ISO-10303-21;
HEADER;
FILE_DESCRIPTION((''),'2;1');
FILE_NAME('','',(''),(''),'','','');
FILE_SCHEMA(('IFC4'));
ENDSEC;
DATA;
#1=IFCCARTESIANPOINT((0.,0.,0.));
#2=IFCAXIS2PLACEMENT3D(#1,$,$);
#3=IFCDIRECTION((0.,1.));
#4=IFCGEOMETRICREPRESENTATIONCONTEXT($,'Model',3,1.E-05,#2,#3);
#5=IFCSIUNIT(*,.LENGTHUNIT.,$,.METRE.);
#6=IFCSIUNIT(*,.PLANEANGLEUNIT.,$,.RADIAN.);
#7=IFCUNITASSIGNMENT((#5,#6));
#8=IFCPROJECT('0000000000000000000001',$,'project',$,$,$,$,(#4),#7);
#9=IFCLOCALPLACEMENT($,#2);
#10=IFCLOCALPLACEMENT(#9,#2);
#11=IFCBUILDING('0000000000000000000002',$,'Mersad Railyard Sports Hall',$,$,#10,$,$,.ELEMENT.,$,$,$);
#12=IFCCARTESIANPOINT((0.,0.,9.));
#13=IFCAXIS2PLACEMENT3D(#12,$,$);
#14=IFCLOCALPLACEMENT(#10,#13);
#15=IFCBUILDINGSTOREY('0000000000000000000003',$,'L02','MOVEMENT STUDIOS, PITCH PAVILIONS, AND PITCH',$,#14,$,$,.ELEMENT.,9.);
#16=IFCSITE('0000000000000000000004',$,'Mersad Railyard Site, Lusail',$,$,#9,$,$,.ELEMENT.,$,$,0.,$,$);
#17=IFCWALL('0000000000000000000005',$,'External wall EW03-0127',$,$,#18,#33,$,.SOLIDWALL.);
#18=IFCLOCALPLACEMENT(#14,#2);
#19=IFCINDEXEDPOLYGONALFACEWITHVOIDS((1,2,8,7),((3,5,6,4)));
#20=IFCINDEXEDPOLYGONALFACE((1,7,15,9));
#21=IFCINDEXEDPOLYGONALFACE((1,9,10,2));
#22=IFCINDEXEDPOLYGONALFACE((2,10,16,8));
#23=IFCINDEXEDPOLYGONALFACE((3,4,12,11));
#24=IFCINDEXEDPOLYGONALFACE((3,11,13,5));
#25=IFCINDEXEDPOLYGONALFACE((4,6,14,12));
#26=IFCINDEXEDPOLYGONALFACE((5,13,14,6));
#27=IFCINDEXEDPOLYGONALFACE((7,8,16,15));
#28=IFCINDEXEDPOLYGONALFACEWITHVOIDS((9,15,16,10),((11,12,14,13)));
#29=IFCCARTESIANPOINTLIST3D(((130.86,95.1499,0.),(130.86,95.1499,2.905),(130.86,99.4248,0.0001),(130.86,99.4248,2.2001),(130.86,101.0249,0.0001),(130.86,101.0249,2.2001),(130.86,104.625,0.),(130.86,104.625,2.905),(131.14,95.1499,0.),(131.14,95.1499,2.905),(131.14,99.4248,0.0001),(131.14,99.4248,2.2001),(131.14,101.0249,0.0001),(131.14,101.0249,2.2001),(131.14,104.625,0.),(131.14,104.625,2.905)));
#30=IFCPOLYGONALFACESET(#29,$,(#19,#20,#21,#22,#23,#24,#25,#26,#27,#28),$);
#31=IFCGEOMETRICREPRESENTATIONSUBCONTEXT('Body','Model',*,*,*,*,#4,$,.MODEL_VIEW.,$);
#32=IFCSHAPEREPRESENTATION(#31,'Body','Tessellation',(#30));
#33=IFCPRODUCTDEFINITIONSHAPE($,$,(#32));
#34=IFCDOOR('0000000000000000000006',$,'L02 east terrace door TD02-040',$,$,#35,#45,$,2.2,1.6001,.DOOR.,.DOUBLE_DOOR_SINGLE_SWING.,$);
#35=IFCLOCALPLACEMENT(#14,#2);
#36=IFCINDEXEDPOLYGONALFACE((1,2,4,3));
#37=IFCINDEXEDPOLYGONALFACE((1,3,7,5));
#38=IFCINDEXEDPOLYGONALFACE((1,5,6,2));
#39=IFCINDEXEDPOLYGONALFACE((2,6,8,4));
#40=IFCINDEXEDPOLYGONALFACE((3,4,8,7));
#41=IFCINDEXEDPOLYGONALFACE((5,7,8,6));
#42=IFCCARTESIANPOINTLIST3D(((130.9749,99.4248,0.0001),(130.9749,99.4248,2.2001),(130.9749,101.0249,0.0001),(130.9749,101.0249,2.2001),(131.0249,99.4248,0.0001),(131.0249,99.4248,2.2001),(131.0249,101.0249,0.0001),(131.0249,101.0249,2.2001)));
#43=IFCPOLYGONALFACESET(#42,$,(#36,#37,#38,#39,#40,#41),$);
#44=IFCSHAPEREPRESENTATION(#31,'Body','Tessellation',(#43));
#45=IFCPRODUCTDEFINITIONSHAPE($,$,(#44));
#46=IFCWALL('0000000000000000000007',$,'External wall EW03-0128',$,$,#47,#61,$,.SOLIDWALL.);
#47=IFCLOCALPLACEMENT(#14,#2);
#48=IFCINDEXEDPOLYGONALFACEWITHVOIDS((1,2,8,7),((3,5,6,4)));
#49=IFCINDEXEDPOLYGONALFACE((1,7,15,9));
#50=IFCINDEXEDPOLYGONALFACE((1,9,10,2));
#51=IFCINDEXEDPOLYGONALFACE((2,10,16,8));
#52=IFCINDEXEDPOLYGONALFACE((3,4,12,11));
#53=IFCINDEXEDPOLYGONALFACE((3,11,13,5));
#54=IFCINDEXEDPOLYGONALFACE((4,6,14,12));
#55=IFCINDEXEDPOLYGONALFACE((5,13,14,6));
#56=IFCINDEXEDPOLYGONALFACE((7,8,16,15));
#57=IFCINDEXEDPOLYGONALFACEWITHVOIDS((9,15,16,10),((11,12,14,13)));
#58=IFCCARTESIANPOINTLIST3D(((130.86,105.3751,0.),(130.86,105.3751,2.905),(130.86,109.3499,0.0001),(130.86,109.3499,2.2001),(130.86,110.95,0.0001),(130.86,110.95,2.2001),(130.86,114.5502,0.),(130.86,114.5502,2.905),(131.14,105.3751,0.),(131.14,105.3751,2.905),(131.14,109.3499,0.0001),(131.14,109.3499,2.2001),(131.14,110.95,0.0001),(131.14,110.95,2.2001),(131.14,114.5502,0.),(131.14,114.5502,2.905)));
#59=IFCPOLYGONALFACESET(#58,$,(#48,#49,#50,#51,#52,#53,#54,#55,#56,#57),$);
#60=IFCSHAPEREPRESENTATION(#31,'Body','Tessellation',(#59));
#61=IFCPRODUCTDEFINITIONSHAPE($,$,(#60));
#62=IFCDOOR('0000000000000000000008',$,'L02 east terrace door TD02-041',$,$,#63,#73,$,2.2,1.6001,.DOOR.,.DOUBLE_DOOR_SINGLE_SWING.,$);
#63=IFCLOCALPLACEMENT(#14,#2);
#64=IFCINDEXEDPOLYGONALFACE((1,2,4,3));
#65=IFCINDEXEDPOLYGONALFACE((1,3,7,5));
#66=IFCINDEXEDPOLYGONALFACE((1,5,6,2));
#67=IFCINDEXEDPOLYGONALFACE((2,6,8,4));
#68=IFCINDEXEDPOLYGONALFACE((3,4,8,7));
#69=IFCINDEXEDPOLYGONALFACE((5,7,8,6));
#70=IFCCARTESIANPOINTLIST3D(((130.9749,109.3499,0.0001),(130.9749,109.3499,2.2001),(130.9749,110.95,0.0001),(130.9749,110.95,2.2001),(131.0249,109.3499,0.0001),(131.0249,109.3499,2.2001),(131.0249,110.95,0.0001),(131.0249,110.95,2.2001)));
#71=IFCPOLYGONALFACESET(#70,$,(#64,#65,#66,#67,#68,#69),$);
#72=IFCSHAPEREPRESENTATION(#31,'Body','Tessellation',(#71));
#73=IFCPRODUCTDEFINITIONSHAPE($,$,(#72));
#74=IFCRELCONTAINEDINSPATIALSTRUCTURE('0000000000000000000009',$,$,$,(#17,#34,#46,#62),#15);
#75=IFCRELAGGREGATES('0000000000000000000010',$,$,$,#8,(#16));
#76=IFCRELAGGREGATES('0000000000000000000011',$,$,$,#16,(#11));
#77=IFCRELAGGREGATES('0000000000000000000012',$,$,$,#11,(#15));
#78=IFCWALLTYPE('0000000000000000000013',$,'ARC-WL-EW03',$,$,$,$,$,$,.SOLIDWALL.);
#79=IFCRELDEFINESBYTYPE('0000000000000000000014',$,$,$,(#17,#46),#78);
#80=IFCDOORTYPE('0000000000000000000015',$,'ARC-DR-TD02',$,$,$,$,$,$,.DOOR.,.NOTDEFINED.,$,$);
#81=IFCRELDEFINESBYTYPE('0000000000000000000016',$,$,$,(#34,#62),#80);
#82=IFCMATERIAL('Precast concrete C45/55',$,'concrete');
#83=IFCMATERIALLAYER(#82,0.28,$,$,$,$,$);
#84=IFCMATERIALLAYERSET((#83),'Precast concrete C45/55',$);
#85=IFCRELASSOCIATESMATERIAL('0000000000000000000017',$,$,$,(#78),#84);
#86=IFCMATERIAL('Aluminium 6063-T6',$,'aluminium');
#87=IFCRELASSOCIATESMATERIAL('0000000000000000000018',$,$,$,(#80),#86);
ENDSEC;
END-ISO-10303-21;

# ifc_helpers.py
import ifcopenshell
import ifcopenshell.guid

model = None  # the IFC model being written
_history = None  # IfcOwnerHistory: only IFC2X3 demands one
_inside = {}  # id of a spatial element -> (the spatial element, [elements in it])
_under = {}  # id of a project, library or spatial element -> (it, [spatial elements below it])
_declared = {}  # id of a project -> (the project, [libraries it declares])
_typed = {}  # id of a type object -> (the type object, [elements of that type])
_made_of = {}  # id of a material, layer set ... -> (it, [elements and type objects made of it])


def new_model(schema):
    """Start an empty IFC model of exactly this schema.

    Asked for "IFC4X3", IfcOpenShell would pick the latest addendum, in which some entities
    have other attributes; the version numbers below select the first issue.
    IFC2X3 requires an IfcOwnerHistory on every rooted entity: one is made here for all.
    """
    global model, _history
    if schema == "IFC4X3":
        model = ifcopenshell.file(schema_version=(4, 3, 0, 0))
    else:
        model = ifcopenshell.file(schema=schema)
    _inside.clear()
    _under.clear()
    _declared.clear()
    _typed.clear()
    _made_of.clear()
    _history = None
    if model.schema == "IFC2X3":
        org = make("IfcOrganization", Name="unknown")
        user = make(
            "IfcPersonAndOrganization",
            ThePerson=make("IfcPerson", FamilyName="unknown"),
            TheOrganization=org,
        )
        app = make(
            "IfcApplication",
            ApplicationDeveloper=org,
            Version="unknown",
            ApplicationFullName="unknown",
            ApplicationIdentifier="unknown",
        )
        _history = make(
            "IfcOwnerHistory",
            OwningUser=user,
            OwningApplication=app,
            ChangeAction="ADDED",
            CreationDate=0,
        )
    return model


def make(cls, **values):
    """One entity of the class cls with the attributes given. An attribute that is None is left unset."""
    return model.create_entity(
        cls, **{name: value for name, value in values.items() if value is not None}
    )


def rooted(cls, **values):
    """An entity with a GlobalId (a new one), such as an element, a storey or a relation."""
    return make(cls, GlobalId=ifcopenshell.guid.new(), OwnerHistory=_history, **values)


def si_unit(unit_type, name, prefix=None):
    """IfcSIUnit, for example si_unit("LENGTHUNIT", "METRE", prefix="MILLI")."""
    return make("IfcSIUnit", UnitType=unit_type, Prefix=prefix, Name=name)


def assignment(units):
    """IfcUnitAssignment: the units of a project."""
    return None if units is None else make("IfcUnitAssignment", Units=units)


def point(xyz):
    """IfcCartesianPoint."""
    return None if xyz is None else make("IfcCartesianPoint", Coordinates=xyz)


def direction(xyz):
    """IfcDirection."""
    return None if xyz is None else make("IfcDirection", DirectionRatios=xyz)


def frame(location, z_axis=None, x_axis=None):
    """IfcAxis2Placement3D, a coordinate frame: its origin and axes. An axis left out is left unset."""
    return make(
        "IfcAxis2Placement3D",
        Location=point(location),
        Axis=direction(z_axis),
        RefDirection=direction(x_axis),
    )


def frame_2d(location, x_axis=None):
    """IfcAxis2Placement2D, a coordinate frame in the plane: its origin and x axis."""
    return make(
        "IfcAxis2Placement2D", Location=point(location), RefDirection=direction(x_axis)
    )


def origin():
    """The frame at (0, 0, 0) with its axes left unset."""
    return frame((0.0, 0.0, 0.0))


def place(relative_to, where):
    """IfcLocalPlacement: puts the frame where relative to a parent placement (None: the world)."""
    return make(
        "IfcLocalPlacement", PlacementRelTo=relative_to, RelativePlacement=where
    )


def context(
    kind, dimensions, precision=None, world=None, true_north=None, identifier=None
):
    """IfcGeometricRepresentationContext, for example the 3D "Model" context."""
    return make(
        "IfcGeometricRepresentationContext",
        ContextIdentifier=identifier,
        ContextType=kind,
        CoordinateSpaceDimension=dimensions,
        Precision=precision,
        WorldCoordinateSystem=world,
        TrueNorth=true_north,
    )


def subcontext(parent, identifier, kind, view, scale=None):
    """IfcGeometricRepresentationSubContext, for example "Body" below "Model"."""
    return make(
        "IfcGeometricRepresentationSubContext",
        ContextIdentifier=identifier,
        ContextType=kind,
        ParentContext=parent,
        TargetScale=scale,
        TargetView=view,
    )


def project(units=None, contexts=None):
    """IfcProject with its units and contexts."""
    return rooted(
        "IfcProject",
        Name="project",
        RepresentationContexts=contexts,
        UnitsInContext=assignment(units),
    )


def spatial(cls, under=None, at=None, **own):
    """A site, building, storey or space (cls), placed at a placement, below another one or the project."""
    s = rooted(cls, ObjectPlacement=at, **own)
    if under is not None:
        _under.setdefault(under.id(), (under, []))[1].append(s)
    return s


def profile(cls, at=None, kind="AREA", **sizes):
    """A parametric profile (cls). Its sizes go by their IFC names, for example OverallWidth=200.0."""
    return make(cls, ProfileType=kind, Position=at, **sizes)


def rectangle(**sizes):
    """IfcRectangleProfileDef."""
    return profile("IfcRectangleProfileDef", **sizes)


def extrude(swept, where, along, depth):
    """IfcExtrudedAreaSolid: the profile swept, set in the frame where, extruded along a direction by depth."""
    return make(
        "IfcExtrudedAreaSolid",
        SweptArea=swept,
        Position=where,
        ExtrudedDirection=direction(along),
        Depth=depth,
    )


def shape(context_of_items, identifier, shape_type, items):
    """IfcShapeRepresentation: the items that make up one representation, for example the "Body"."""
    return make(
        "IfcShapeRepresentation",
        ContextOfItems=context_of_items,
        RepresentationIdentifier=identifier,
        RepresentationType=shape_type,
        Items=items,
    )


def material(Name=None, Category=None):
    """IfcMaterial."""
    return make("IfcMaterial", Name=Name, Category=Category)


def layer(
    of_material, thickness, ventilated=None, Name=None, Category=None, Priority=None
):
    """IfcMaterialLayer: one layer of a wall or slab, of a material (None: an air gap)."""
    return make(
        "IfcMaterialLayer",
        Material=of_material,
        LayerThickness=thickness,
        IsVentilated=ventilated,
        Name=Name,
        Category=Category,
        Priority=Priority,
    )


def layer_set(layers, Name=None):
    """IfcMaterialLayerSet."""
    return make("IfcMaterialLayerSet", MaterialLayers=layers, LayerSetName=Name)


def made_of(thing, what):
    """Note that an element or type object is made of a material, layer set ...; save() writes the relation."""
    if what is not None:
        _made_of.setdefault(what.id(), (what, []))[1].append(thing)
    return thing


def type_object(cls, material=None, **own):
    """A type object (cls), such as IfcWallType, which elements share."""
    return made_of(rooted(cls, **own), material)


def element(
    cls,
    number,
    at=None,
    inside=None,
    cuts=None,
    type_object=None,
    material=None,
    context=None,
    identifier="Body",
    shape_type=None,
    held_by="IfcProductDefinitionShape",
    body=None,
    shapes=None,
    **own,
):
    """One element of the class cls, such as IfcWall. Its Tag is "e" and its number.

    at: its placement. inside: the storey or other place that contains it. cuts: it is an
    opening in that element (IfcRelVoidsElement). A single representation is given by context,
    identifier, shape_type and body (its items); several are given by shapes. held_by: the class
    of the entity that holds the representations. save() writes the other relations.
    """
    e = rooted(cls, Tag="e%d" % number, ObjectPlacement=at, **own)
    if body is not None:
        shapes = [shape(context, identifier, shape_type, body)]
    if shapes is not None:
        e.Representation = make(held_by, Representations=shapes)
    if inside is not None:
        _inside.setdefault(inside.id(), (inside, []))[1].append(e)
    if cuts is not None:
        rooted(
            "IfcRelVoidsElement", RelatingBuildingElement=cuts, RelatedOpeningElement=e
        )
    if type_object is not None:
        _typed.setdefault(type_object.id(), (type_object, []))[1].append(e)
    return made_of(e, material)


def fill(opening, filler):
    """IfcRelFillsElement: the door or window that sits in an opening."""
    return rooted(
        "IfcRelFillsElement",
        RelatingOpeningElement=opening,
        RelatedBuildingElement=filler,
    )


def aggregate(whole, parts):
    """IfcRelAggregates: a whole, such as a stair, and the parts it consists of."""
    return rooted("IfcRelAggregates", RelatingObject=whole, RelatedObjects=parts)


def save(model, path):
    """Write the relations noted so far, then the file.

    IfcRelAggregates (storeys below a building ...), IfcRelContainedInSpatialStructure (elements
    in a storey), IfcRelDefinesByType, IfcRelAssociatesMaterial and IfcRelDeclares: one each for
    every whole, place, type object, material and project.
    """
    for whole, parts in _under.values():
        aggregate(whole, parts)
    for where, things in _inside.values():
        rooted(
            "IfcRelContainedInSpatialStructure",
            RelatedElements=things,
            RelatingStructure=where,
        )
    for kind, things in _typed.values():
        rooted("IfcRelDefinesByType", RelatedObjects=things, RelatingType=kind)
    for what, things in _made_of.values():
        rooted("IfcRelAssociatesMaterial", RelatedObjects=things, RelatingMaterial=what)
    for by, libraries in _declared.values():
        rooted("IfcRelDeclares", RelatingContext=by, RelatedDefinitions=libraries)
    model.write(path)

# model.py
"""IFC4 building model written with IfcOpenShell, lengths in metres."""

from ifc_helpers import new_model, si_unit, direction, frame, frame_2d, origin, place, context, subcontext, project, spatial, rectangle, extrude, material, layer, layer_set, type_object, element, fill, save


model = new_model("IFC4")

# Units and contexts
model_context = context("Model", 3, precision=1e-05, world=origin(), true_north=direction((0.0, 1.0)))
body_context = subcontext(model_context, "Body", "Model", "MODEL_VIEW")
ifc_project = project(units=[si_unit("LENGTHUNIT", "METRE"), si_unit("PLANEANGLEUNIT", "RADIAN")], contexts=[model_context])

# Site, building, storey
site_placement = place(None, origin())
site = spatial("IfcSite", under=ifc_project, at=site_placement, Name="Mersad Railyard Site, Lusail", CompositionType="ELEMENT", RefElevation=0.0)
building_placement = place(site_placement, origin())
building = spatial("IfcBuilding", under=site, at=building_placement, Name="Mersad Railyard Sports Hall", CompositionType="ELEMENT")
storey_placement = place(building_placement, frame((0.0, 0.0, 9.0)))
storey = spatial("IfcBuildingStorey", under=building, at=storey_placement, Name="L02", Description="MOVEMENT STUDIOS, PITCH PAVILIONS, AND PITCH", CompositionType="ELEMENT", Elevation=9.0)

# Shared definitions
ifc_material_1 = material(Name="Aluminium 6063-T6", Category="aluminium")

# Shared definitions
ifc_material_2 = material(Name="Precast concrete C45/55", Category="concrete")
ifc_layer_1 = layer(ifc_material_2, 0.28)
ifc_layer_set_1 = layer_set([ifc_layer_1], Name="Precast concrete C45/55")
wall_type = type_object("IfcWallType", Name="ARC-WL-EW03", PredefinedType="SOLIDWALL", material=ifc_layer_set_1)

# Walls, openings, doors
wall_1_placement = place(storey_placement, frame((131.0, 104.625, 0.0), z_axis=(0.0, 0.0, 1.0), x_axis=(0.0, -1.0, 0.0)))
wall_1 = element("IfcWall", 1, at=wall_1_placement, inside=storey, type_object=wall_type, Name="External wall EW03-0127", PredefinedType="SOLIDWALL", context=body_context, shape_type="SweptSolid", body=[
    extrude(rectangle(XDim=9.4751, YDim=0.28, at=frame_2d((4.7375, 0.0))), origin(), (0.0, 0.0, 1.0), 2.905),
])
opening_1_placement = place(wall_1_placement, frame((3.6001, 0.0, 0.0)))
opening_1 = element("IfcOpeningElement", 2, at=opening_1_placement, cuts=wall_1, PredefinedType="OPENING", context=body_context, shape_type="SweptSolid", body=[
    extrude(rectangle(XDim=1.6001, YDim=2.2, at=frame_2d((0.8, 1.1001))), frame((0.0, 0.1499, 0.0), z_axis=(0.0, -1.0, 0.0), x_axis=(1.0, 0.0, 0.0)), (0.0, 0.0, 1.0), 0.3),
])
door_type = type_object("IfcDoorType", Name="ARC-DR-TD02", OperationType="NOTDEFINED", PredefinedType="DOOR", material=ifc_material_1)
door_1_placement = place(opening_1_placement, origin())
door_1 = element("IfcDoor", 3, at=door_1_placement, inside=storey, type_object=door_type, Name="L02 east terrace door TD02-040", OperationType="DOUBLE_DOOR_SINGLE_SWING", OverallHeight=2.2, OverallWidth=1.6001, PredefinedType="DOOR", context=body_context, shape_type="SweptSolid", body=[
    extrude(rectangle(XDim=1.6001, YDim=2.2, at=frame_2d((0.8, 1.1001))), frame((0.0, 0.0249, 0.0), z_axis=(0.0, -1.0, 0.0), x_axis=(1.0, 0.0, 0.0)), (0.0, 0.0, 1.0), 0.05),
])
fill(opening_1, door_1)
wall_2_placement = place(storey_placement, frame((131.0, 114.55, 0.0), z_axis=(0.0, 0.0, 1.0), x_axis=(0.0, -1.0, 0.0)))
wall_2 = element("IfcWall", 4, at=wall_2_placement, inside=storey, type_object=wall_type, Name="External wall EW03-0128", PredefinedType="SOLIDWALL", context=body_context, shape_type="SweptSolid", body=[
    extrude(rectangle(XDim=9.175, YDim=0.28, at=frame_2d((4.5874, 0.0))), origin(), (0.0, 0.0, 1.0), 2.905),
])
opening_2_placement = place(wall_2_placement, frame((3.6001, 0.0, 0.0)))
opening_2 = element("IfcOpeningElement", 5, at=opening_2_placement, cuts=wall_2, PredefinedType="OPENING", context=body_context, shape_type="SweptSolid", body=[
    extrude(rectangle(XDim=1.6001, YDim=2.2, at=frame_2d((0.8, 1.1001))), frame((0.0, 0.1499, 0.0), z_axis=(0.0, -1.0, 0.0), x_axis=(1.0, 0.0, 0.0)), (0.0, 0.0, 1.0), 0.3),
])
door_2_placement = place(opening_2_placement, origin())
door_2 = element("IfcDoor", 6, at=door_2_placement, inside=storey, type_object=door_type, Name="L02 east terrace door TD02-041", OperationType="DOUBLE_DOOR_SINGLE_SWING", OverallHeight=2.2, OverallWidth=1.6001, PredefinedType="DOOR", context=body_context, shape_type="SweptSolid", body=[
    extrude(rectangle(XDim=1.6001, YDim=2.2, at=frame_2d((0.8, 1.1001))), frame((0.0, 0.0249, 0.0), z_axis=(0.0, -1.0, 0.0), x_axis=(1.0, 0.0, 0.0)), (0.0, 0.0, 1.0), 0.05),
])
fill(opening_2, door_2)

save(model, "model.ifc")
